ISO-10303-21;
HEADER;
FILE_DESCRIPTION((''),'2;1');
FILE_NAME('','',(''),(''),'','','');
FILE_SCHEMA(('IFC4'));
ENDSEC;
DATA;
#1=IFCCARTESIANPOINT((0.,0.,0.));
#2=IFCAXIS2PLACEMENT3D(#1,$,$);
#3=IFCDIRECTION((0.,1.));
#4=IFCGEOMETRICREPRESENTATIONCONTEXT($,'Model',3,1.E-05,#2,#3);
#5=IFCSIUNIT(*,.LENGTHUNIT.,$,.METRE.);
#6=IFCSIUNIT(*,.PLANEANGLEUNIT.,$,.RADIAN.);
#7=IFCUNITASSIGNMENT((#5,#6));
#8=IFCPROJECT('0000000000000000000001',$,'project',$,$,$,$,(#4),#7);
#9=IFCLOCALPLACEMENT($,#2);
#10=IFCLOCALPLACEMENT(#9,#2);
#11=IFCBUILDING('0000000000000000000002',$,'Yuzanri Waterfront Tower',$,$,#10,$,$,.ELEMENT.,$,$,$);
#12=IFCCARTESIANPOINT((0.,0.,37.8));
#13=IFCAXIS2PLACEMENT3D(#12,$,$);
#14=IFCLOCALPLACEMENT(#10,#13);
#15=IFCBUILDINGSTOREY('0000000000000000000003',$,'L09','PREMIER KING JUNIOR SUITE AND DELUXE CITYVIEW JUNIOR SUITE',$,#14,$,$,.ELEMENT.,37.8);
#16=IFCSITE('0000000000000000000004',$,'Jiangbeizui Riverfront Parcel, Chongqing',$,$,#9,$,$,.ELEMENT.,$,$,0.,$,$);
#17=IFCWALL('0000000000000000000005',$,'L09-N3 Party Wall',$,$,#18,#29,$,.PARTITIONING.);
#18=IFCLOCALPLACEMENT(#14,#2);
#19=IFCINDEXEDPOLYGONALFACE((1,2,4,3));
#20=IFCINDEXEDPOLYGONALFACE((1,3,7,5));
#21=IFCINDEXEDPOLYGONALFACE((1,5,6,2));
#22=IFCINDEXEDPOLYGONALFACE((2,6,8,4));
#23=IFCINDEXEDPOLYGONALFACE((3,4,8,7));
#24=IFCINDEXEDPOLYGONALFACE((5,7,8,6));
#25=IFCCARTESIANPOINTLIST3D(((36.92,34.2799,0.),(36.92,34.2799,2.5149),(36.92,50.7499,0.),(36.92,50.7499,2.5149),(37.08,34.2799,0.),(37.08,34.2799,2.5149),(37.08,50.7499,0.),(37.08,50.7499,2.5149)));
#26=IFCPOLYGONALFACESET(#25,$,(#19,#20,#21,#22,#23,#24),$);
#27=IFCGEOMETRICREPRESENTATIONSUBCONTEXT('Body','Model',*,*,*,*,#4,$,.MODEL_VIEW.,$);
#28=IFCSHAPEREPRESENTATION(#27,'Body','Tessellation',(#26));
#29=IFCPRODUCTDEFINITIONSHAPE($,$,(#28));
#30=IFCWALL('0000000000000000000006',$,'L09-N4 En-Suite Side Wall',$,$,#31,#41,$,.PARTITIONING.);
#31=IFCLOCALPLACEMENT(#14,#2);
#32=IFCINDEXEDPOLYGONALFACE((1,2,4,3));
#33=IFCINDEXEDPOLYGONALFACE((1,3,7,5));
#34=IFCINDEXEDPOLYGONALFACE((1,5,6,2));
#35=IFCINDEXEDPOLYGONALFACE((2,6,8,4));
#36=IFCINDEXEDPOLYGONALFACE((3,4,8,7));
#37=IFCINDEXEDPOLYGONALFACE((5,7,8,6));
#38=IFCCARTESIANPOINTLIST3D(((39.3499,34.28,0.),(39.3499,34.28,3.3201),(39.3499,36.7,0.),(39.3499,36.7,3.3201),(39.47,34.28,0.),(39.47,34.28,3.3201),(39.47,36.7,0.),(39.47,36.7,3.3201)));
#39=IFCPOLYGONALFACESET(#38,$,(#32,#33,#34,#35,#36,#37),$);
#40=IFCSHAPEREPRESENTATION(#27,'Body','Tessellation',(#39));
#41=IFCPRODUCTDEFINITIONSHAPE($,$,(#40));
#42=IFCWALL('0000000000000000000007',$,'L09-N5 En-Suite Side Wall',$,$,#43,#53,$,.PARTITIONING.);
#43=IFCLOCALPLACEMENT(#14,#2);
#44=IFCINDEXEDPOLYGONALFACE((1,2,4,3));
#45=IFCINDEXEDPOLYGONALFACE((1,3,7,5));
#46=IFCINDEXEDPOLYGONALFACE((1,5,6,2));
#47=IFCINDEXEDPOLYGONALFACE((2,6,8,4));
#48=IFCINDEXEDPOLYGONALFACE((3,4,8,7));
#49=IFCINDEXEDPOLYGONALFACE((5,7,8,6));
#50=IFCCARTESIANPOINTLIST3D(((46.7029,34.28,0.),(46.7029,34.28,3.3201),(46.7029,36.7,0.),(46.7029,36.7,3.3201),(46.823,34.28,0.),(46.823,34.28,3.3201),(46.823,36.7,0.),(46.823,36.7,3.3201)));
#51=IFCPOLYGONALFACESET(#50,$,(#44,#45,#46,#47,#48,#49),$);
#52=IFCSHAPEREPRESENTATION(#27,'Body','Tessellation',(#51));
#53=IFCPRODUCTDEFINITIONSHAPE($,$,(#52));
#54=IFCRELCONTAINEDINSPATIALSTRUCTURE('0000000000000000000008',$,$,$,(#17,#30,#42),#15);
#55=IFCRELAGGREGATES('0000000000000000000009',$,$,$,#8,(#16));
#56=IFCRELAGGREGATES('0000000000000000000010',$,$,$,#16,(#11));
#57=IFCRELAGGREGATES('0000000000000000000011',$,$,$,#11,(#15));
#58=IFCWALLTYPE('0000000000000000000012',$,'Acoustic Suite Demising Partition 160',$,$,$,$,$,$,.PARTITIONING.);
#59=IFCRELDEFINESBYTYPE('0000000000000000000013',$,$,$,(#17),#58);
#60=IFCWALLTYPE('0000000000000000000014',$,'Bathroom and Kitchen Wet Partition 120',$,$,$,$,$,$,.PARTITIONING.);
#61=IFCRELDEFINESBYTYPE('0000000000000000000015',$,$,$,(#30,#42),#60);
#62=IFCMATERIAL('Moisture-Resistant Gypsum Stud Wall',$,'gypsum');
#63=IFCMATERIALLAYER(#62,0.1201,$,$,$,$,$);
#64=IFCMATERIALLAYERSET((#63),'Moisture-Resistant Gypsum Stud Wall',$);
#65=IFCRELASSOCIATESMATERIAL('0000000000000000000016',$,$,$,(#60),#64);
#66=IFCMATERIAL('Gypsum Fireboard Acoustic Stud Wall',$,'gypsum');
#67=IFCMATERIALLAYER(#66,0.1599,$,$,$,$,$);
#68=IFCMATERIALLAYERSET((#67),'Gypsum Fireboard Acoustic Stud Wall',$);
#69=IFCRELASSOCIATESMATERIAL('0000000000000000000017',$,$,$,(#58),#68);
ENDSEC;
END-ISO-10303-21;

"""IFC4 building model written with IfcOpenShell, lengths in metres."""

from ifc_helpers import new_model, si_unit, direction, frame, frame_2d, origin, place, context, subcontext, project, spatial, rectangle, extrude, source, transform, mapped, material, layer, layer_set, type_object, element, save


model = new_model("IFC4")

# Units and contexts
model_context = context("Model", 3, precision=1e-05, world=origin(), true_north=direction((0.0, 1.0)))
body_context = subcontext(model_context, "Body", "Model", "MODEL_VIEW")
ifc_project = project(units=[si_unit("LENGTHUNIT", "METRE"), si_unit("PLANEANGLEUNIT", "RADIAN")], contexts=[model_context])

# Site, building, storey
site_placement = place(None, origin())
site = spatial("IfcSite", under=ifc_project, at=site_placement, Name="Jiangbeizui Riverfront Parcel, Chongqing", CompositionType="ELEMENT", RefElevation=0.0)
building_placement = place(site_placement, origin())
building = spatial("IfcBuilding", under=site, at=building_placement, Name="Yuzanri Waterfront Tower", CompositionType="ELEMENT")
storey_placement = place(building_placement, frame((0.0, 0.0, 37.8)))
storey = spatial("IfcBuildingStorey", under=building, at=storey_placement, Name="L09", Description="PREMIER KING JUNIOR SUITE AND DELUXE CITYVIEW JUNIOR SUITE", CompositionType="ELEMENT", Elevation=37.8)

# Shared definitions
ifc_material_1 = material(Name="Moisture-Resistant Gypsum Stud Wall", Category="gypsum")
ifc_layer_1 = layer(ifc_material_1, 0.1201)
ifc_layer_set_1 = layer_set([ifc_layer_1], Name="Moisture-Resistant Gypsum Stud Wall")
wall_type_1 = type_object("IfcWallType", Name="Bathroom and Kitchen Wet Partition 120", PredefinedType="PARTITIONING", material=ifc_layer_set_1)

# Walls
ifc_material_2 = material(Name="Gypsum Fireboard Acoustic Stud Wall", Category="gypsum")
ifc_layer_2 = layer(ifc_material_2, 0.1599)
ifc_layer_set_2 = layer_set([ifc_layer_2], Name="Gypsum Fireboard Acoustic Stud Wall")
wall_type_2 = type_object("IfcWallType", Name="Acoustic Suite Demising Partition 160", PredefinedType="PARTITIONING", material=ifc_layer_set_2)
shared_shape_1 = source(origin(), body_context, "Body", "SweptSolid", [
    extrude(rectangle(XDim=16.47, YDim=0.1599, at=frame_2d((8.2349, 0.0))), origin(), (0.0, 0.0, 1.0), 2.5149),
])
wall_1_placement = place(storey_placement, frame((37.0, 34.28, 0.0), z_axis=(0.0, 0.0, 1.0), x_axis=(0.0, 1.0, 0.0)))
element("IfcWall", 1, at=wall_1_placement, inside=storey, type_object=wall_type_2, Name="L09-N3 Party Wall", PredefinedType="PARTITIONING", context=body_context, shape_type="MappedRepresentation", body=[
    mapped(shared_shape_1, transform((0.0, 0.0, 0.0), scale=1.0)),
])
shared_shape_2 = source(origin(), body_context, "Body", "SweptSolid", [
    extrude(rectangle(XDim=2.4199, YDim=0.1201, at=frame_2d((1.21, 0.0))), origin(), (0.0, 0.0, 1.0), 3.3201),
])
for number, where, z_axis, x_axis, name in (
    (2, (39.4099, 34.28, 0.0), (0.0, 0.0, 1.0), (0.0, 1.0, 0.0), "L09-N4 En-Suite Side Wall"),
    (3, (46.7629, 34.28, 0.0), (0.0, 0.0, 1.0), (0.0, 1.0, 0.0), "L09-N5 En-Suite Side Wall"),
):
    element("IfcWall", number, at=place(storey_placement, frame(where, z_axis=z_axis, x_axis=x_axis)), inside=storey, type_object=wall_type_1, Name=name, PredefinedType="PARTITIONING", context=body_context, shape_type="MappedRepresentation", body=[
        mapped(shared_shape_2, transform((0.0, 0.0, 0.0), scale=1.0)),
    ])

save(model, "model.ifc")
